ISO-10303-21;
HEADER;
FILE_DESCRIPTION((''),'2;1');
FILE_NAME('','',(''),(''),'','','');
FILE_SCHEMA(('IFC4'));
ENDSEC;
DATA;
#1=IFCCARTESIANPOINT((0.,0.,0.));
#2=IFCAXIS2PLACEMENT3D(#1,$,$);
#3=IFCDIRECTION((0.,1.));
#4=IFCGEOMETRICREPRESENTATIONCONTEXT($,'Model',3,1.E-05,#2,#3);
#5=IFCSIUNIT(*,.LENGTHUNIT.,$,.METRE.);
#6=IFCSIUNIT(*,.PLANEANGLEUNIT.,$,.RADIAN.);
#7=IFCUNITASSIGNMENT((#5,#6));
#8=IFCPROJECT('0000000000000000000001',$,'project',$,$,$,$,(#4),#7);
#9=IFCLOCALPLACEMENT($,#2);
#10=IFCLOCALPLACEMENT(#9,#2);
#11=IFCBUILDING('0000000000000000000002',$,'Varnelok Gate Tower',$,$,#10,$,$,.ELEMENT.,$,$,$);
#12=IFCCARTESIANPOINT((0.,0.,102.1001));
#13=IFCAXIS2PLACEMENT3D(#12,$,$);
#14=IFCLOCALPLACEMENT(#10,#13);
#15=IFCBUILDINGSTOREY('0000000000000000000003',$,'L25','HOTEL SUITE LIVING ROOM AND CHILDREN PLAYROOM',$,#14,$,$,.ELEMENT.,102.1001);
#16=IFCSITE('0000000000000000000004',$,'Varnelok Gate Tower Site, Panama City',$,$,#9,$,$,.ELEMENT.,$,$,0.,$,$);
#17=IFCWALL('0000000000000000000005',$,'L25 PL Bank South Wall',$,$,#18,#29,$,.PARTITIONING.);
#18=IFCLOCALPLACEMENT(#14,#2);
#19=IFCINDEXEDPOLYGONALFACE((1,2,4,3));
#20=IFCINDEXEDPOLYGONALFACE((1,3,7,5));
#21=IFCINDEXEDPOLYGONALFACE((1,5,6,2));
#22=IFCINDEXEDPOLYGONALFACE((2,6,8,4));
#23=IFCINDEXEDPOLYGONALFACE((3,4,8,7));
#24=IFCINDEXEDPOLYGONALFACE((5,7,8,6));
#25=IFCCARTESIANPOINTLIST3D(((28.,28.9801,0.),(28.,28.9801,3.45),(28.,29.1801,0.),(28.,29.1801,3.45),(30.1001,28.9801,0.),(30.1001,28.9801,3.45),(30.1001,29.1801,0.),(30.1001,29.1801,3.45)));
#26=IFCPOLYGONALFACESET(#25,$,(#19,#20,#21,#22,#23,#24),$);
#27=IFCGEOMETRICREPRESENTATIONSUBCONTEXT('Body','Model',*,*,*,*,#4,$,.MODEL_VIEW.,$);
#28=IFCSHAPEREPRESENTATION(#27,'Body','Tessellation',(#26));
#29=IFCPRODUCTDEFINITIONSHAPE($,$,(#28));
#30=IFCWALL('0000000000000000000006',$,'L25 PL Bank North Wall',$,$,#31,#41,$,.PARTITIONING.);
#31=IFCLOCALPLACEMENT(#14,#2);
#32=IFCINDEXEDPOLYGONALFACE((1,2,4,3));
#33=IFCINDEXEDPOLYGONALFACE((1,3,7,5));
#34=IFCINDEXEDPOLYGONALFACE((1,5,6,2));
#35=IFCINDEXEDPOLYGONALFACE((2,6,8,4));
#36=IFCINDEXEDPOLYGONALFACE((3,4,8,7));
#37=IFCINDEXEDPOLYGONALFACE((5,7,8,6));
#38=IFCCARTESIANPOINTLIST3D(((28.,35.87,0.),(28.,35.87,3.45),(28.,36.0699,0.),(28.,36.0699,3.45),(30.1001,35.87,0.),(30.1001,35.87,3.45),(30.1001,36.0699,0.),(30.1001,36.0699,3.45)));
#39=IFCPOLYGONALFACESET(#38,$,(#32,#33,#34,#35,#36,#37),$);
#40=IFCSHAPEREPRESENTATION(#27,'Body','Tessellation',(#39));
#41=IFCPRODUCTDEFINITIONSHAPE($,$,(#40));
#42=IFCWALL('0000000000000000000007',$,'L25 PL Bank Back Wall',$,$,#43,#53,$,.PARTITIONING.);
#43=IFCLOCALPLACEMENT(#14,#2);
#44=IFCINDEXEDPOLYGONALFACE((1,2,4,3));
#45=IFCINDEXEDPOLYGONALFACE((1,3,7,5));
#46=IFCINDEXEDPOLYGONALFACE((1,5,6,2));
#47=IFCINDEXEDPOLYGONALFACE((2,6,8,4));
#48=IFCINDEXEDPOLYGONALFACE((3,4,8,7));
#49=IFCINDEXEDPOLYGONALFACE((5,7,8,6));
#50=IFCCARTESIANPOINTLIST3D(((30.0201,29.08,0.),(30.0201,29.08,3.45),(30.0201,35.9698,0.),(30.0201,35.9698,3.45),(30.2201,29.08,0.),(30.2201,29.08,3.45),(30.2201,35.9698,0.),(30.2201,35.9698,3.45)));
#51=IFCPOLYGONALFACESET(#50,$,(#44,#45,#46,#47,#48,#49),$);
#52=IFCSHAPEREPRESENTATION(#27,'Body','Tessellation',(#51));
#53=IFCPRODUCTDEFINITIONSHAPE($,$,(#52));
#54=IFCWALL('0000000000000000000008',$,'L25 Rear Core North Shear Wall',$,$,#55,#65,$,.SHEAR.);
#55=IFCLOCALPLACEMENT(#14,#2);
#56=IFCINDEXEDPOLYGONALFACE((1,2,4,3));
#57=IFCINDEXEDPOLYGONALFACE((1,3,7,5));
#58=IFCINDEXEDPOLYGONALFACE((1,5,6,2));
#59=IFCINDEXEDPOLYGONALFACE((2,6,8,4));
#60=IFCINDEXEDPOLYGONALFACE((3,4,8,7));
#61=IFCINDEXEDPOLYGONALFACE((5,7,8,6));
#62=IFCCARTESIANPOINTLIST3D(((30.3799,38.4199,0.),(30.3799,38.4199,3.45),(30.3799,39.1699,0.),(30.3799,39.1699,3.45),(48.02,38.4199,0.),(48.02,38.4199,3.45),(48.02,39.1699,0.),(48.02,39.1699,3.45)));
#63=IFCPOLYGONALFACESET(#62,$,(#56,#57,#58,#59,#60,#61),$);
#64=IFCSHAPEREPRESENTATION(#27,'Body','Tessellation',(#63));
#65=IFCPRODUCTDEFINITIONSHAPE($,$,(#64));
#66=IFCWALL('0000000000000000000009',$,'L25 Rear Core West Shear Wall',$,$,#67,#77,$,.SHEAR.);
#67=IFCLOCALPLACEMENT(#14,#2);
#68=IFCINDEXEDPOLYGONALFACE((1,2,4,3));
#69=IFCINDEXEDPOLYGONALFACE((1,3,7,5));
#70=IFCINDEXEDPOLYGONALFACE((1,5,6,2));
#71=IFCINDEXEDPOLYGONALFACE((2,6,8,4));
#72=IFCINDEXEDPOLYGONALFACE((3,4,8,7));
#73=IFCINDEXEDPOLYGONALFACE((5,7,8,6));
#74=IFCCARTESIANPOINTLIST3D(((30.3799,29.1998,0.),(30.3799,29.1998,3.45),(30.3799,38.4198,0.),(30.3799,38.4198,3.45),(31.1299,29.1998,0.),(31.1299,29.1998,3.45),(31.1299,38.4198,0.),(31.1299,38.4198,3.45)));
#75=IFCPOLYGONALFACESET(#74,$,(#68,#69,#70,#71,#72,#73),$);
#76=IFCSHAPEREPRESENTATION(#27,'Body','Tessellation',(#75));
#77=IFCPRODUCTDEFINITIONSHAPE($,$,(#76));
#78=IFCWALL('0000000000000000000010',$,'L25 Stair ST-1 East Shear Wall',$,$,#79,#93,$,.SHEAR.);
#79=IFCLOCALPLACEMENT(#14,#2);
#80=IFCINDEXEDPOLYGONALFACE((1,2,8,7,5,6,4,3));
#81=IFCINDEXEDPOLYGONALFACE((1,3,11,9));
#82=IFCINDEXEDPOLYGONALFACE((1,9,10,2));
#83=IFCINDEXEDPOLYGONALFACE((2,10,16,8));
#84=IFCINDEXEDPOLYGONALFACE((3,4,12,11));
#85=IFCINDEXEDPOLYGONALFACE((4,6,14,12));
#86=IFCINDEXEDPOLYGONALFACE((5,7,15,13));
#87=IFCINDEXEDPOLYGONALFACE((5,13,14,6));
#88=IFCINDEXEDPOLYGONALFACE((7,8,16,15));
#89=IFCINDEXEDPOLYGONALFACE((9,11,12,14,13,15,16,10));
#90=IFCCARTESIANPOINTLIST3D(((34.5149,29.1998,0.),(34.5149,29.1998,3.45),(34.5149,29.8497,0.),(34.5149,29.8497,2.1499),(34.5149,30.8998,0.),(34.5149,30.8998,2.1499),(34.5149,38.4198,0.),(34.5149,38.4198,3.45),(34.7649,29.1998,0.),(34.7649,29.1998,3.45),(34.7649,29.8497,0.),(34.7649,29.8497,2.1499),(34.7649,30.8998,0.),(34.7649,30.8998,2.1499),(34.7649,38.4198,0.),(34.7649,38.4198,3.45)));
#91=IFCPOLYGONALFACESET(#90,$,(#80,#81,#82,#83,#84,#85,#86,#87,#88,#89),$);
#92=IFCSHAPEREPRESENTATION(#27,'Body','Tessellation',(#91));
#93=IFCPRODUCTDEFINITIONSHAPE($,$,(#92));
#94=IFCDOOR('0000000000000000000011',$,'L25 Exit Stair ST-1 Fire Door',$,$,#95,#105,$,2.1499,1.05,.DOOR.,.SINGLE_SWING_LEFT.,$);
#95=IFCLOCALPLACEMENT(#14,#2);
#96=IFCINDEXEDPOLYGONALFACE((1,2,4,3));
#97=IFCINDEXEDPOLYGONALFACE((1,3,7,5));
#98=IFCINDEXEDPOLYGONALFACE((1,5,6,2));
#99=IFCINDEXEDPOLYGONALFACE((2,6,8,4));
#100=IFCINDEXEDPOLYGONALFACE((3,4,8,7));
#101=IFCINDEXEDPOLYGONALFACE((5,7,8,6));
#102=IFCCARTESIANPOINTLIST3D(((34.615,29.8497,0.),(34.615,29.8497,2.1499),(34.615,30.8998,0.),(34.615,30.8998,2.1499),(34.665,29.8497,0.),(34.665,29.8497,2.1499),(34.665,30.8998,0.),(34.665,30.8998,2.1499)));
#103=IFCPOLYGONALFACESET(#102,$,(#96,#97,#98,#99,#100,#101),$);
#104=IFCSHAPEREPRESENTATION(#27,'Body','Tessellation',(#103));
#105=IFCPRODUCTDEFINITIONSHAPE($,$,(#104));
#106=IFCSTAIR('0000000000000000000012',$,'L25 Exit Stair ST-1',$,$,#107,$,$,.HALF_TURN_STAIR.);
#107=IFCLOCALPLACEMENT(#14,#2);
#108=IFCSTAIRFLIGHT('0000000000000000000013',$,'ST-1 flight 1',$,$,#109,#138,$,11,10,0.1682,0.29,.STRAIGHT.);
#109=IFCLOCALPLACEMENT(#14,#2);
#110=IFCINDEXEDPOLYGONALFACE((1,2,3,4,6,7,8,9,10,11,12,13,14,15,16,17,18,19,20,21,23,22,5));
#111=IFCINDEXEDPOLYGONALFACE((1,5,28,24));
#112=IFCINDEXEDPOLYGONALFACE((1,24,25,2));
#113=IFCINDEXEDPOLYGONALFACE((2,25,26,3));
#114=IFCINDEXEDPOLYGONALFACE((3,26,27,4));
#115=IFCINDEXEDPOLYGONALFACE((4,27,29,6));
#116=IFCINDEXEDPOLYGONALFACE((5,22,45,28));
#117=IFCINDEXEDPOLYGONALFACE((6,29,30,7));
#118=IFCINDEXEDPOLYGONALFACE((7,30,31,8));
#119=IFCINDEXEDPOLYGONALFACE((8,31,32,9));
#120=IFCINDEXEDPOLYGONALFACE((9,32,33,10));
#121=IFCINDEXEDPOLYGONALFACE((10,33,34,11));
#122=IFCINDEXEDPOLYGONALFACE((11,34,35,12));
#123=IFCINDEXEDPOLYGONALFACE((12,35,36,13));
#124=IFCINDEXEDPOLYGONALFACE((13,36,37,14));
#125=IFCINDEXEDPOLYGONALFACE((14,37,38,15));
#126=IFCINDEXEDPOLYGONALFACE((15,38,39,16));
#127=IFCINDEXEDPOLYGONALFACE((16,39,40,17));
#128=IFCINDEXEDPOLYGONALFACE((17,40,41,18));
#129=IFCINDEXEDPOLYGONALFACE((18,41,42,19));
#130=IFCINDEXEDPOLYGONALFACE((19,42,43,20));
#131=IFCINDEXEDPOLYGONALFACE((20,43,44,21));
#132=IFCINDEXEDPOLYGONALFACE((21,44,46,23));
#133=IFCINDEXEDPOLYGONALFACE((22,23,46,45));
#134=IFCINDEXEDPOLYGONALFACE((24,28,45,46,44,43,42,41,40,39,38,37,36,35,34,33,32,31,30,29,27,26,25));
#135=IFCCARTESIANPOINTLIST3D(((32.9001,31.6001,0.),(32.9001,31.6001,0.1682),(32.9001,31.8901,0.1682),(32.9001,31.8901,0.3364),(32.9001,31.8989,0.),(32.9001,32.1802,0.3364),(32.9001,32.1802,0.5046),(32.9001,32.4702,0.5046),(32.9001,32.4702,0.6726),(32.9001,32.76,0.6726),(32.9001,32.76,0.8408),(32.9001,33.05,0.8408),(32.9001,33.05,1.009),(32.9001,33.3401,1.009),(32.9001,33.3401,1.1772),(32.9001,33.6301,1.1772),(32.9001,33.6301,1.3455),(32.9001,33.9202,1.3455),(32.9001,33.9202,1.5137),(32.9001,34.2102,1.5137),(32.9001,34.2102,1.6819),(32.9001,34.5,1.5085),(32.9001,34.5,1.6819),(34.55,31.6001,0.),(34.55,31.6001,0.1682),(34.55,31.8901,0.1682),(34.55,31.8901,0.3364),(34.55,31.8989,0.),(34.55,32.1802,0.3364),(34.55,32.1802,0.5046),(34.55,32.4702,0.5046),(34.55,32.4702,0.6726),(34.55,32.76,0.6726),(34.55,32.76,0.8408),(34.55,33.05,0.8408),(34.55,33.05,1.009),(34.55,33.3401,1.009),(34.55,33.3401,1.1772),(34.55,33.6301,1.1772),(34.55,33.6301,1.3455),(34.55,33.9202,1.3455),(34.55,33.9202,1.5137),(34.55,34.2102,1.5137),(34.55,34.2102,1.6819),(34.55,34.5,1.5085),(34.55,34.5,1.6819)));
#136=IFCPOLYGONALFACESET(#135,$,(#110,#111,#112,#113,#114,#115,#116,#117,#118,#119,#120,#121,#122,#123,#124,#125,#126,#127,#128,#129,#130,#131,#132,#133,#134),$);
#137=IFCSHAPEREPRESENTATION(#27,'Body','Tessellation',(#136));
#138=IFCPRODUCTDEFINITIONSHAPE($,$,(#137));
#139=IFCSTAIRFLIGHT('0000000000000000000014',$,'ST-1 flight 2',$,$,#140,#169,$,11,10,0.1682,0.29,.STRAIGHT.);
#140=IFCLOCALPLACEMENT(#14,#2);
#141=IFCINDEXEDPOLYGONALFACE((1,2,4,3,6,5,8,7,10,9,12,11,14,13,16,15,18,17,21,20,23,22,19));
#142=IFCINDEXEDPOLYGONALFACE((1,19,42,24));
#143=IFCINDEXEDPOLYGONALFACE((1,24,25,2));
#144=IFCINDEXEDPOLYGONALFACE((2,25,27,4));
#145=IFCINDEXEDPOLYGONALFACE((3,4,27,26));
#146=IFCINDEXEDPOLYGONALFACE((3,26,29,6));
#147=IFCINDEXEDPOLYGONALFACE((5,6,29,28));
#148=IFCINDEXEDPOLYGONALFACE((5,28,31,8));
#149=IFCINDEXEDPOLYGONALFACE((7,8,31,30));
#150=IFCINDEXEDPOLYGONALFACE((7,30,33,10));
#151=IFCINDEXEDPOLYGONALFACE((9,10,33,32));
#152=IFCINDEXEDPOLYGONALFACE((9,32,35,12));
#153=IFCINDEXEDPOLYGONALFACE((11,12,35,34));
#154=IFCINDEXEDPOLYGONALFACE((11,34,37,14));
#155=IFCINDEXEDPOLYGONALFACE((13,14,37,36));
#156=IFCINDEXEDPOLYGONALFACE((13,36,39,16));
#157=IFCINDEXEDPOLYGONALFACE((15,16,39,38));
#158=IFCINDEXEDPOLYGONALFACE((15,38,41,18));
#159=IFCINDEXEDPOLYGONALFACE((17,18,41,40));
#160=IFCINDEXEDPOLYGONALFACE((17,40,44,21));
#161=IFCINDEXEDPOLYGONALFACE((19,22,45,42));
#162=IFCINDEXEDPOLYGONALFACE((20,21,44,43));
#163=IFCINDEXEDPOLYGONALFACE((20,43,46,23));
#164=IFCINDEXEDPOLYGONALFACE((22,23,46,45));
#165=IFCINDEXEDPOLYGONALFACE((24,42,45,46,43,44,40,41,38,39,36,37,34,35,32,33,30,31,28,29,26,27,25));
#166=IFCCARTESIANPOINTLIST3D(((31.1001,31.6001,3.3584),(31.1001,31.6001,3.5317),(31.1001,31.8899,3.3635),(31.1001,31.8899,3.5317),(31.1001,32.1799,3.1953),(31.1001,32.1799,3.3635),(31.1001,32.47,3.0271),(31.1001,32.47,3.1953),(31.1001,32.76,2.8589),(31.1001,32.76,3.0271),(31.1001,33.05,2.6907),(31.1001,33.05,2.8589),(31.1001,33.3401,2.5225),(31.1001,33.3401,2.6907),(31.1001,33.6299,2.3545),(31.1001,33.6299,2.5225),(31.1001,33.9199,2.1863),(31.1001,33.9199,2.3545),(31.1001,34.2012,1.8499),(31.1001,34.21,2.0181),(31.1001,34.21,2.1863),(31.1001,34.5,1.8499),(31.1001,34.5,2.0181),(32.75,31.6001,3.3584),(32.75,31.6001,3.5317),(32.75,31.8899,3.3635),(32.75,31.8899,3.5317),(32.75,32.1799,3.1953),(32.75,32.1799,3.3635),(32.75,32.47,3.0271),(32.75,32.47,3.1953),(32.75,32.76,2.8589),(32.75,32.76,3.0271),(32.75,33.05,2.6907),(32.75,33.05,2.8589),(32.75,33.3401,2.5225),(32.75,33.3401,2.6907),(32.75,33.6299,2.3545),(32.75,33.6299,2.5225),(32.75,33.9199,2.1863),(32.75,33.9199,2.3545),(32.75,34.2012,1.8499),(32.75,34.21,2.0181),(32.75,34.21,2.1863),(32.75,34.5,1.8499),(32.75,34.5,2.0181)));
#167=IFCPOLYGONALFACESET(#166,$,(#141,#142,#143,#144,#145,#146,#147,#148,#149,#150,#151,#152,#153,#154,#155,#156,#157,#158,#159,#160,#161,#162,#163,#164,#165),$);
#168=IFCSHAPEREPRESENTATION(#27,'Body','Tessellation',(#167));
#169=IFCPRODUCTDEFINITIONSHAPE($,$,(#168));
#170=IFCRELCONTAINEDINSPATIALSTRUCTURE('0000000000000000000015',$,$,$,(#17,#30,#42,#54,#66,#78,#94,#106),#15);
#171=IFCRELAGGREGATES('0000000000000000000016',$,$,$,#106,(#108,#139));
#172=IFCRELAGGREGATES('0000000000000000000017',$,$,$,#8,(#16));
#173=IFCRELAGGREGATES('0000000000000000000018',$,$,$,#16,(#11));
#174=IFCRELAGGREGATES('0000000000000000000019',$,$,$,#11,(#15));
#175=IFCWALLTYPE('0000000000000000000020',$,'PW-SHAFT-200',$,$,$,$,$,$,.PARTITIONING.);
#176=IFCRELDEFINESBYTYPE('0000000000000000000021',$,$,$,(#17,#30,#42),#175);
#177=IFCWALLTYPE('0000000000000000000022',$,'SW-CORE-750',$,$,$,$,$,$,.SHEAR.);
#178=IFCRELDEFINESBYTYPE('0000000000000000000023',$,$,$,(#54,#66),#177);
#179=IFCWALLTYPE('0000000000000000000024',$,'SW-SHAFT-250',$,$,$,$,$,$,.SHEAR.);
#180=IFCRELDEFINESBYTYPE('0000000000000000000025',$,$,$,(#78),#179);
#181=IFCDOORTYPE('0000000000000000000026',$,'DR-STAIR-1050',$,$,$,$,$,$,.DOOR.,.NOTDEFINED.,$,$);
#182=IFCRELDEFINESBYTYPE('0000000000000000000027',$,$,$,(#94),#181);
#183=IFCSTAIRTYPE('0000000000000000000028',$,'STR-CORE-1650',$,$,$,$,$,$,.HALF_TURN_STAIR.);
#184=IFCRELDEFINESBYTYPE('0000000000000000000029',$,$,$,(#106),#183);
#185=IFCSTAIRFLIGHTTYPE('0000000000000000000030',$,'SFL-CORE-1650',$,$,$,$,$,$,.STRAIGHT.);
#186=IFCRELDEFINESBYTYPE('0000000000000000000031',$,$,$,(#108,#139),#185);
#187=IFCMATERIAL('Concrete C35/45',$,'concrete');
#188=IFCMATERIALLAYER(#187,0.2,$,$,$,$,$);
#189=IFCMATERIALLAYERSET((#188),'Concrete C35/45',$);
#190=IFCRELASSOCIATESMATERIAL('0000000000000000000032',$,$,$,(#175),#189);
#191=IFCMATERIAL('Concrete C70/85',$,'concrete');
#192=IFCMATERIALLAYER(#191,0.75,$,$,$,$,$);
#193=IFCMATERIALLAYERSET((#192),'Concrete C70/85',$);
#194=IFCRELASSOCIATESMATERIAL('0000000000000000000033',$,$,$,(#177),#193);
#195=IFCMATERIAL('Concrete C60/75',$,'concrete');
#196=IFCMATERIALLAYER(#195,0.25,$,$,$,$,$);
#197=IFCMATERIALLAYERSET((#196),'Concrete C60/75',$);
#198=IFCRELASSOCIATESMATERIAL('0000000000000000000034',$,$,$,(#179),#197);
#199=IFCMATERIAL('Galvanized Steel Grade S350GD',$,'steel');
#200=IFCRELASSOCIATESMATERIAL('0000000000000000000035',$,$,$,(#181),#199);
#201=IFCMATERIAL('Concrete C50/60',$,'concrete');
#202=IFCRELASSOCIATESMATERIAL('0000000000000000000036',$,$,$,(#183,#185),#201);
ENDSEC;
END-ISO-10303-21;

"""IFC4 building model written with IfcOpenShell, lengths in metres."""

from ifc_helpers import new_model, si_unit, direction, frame, frame_2d, origin, place, context, subcontext, project, spatial, polyline, rectangle, outline, extrude, material, layer, layer_set, type_object, element, fill, aggregate, save


model = new_model("IFC4")

# Units and contexts
model_context = context("Model", 3, precision=1e-05, world=origin(), true_north=direction((0.0, 1.0)))
body_context = subcontext(model_context, "Body", "Model", "MODEL_VIEW")
ifc_project = project(units=[si_unit("LENGTHUNIT", "METRE"), si_unit("PLANEANGLEUNIT", "RADIAN")], contexts=[model_context])

# Site, building, storey
site_placement = place(None, origin())
site = spatial("IfcSite", under=ifc_project, at=site_placement, Name="Varnelok Gate Tower Site, Panama City", CompositionType="ELEMENT", RefElevation=0.0)
building_placement = place(site_placement, origin())
building = spatial("IfcBuilding", under=site, at=building_placement, Name="Varnelok Gate Tower", CompositionType="ELEMENT")
storey_placement = place(building_placement, frame((0.0, 0.0, 102.1001)))
storey = spatial("IfcBuildingStorey", under=building, at=storey_placement, Name="L25", Description="HOTEL SUITE LIVING ROOM AND CHILDREN PLAYROOM", CompositionType="ELEMENT", Elevation=102.1001)

# Shared definitions
ifc_material_1 = material(Name="Concrete C70/85", Category="concrete")

# Shared definitions
ifc_material_2 = material(Name="Concrete C35/45", Category="concrete")
ifc_layer_1 = layer(ifc_material_2, 0.2)
ifc_layer_set_1 = layer_set([ifc_layer_1], Name="Concrete C35/45")
wall_type_1 = type_object("IfcWallType", Name="PW-SHAFT-200", PredefinedType="PARTITIONING", material=ifc_layer_set_1)
ifc_material_3 = material(Name="Galvanized Steel Grade S350GD", Category="steel")

# Walls
for number, where, z_axis, x_axis, name in (
    (1, (28.0, 29.0801, 0.0), (0.0, 0.0, 1.0), (1.0, 0.0, 0.0), "L25 PL Bank South Wall"),
    (2, (28.0, 35.97, 0.0), (0.0, 0.0, 1.0), (1.0, 0.0, 0.0), "L25 PL Bank North Wall"),
):
    element("IfcWall", number, at=place(storey_placement, frame(where, z_axis=z_axis, x_axis=x_axis)), inside=storey, type_object=wall_type_1, Name=name, PredefinedType="PARTITIONING", context=body_context, shape_type="SweptSolid", body=[
        extrude(rectangle(XDim=2.1001, YDim=0.2, at=frame_2d((1.05, 0.0))), origin(), (0.0, 0.0, 1.0), 3.45),
    ])
wall_1_placement = place(storey_placement, frame((30.1201, 29.0801, 0.0), z_axis=(0.0, 0.0, 1.0), x_axis=(0.0, 1.0, 0.0)))
element("IfcWall", 3, at=wall_1_placement, inside=storey, type_object=wall_type_1, Name="L25 PL Bank Back Wall", PredefinedType="PARTITIONING", context=body_context, shape_type="SweptSolid", body=[
    extrude(rectangle(XDim=6.8899, YDim=0.2, at=frame_2d((3.4448, 0.0))), origin(), (0.0, 0.0, 1.0), 3.45),
])
ifc_layer_2 = layer(ifc_material_1, 0.75)
ifc_layer_set_2 = layer_set([ifc_layer_2], Name="Concrete C70/85")
wall_type_2 = type_object("IfcWallType", Name="SW-CORE-750", PredefinedType="SHEAR", material=ifc_layer_set_2)
wall_2_placement = place(storey_placement, frame((30.3799, 38.7949, 0.0), z_axis=(0.0, 0.0, 1.0), x_axis=(1.0, 0.0, 0.0)))
element("IfcWall", 4, at=wall_2_placement, inside=storey, type_object=wall_type_2, Name="L25 Rear Core North Shear Wall", PredefinedType="SHEAR", context=body_context, shape_type="SweptSolid", body=[
    extrude(rectangle(XDim=17.6401, YDim=0.75, at=frame_2d((8.8201, 0.0))), origin(), (0.0, 0.0, 1.0), 3.45),
])
wall_3_placement = place(storey_placement, frame((30.7549, 29.2, 0.0), z_axis=(0.0, 0.0, 1.0), x_axis=(0.0, 1.0, 0.0)))
element("IfcWall", 5, at=wall_3_placement, inside=storey, type_object=wall_type_2, Name="L25 Rear Core West Shear Wall", PredefinedType="SHEAR", context=body_context, shape_type="SweptSolid", body=[
    extrude(rectangle(XDim=9.22, YDim=0.75, at=frame_2d((4.6099, 0.0))), origin(), (0.0, 0.0, 1.0), 3.45),
])

# Wall, opening, door
ifc_material_4 = material(Name="Concrete C60/75", Category="concrete")
ifc_layer_3 = layer(ifc_material_4, 0.25)
ifc_layer_set_3 = layer_set([ifc_layer_3], Name="Concrete C60/75")
wall_type_3 = type_object("IfcWallType", Name="SW-SHAFT-250", PredefinedType="SHEAR", material=ifc_layer_set_3)
wall_4_placement = place(storey_placement, frame((34.6399, 29.2, 0.0), z_axis=(0.0, 0.0, 1.0), x_axis=(0.0, 1.0, 0.0)))
wall_4 = element("IfcWall", 6, at=wall_4_placement, inside=storey, type_object=wall_type_3, Name="L25 Stair ST-1 East Shear Wall", PredefinedType="SHEAR", context=body_context, shape_type="SweptSolid", body=[
    extrude(rectangle(XDim=9.22, YDim=0.25, at=frame_2d((4.6099, 0.0))), origin(), (0.0, 0.0, 1.0), 3.45),
])
opening_1_placement = place(wall_4_placement, frame((0.6499, 0.0, 0.0)))
opening_1 = element("IfcOpeningElement", 7, at=opening_1_placement, cuts=wall_4, PredefinedType="OPENING", context=body_context, shape_type="SweptSolid", body=[
    extrude(rectangle(XDim=1.05, YDim=2.1499, at=frame_2d((0.5249, 1.075))), frame((0.0, 0.135, 0.0), z_axis=(0.0, -1.0, 0.0), x_axis=(1.0, 0.0, 0.0)), (0.0, 0.0, 1.0), 0.27),
])
door_type_1 = type_object("IfcDoorType", Name="DR-STAIR-1050", OperationType="NOTDEFINED", PredefinedType="DOOR", material=ifc_material_3)
door_1_placement = place(opening_1_placement, origin())
door_1 = element("IfcDoor", 8, at=door_1_placement, inside=storey, type_object=door_type_1, Name="L25 Exit Stair ST-1 Fire Door", OperationType="SINGLE_SWING_LEFT", OverallHeight=2.1499, OverallWidth=1.05, PredefinedType="DOOR", context=body_context, shape_type="SweptSolid", body=[
    extrude(rectangle(XDim=1.05, YDim=2.1499, at=frame_2d((0.5249, 1.075))), frame((0.0, 0.0249, 0.0), z_axis=(0.0, -1.0, 0.0), x_axis=(1.0, 0.0, 0.0)), (0.0, 0.0, 1.0), 0.05),
])
fill(opening_1, door_1)

# Stair, stair flights
ifc_material_5 = material(Name="Concrete C50/60", Category="concrete")
stair_type = type_object("IfcStairType", Name="STR-CORE-1650", PredefinedType="HALF_TURN_STAIR", material=ifc_material_5)
stair_placement = place(storey_placement, origin())
stair = element("IfcStair", 9, at=stair_placement, inside=storey, type_object=stair_type, Name="L25 Exit Stair ST-1", PredefinedType="HALF_TURN_STAIR")
stair_flight_type = type_object("IfcStairFlightType", Name="SFL-CORE-1650", PredefinedType="STRAIGHT", material=ifc_material_5)
stair_flight_1_placement = place(storey_placement, frame((33.7251, 31.6001, 0.0), z_axis=(0.0, 0.0, 1.0), x_axis=(0.0, 1.0, 0.0)))
stair_flight_1 = element("IfcStairFlight", 10, at=stair_flight_1_placement, type_object=stair_flight_type, Name="ST-1 flight 1", NumberOfRisers=11, NumberOfTreads=10, PredefinedType="STRAIGHT", RiserHeight=0.1682, TreadLength=0.29, context=body_context, shape_type="SweptSolid", body=[
    extrude(outline(polyline([(0.0, 0.0), (0.0, 0.1682), (0.29, 0.1682), (0.29, 0.3364), (0.5801, 0.3364), (0.5801, 0.5046), (0.8701, 0.5046), (0.8701, 0.6726), (1.1599, 0.6726), (1.1599, 0.8408), (1.45, 0.8408), (1.45, 1.009), (1.74, 1.009), (1.74, 1.1772), (2.03, 1.1772), (2.03, 1.3455), (2.3201, 1.3455), (2.3201, 1.5137), (2.6101, 1.5137), (2.6101, 1.6819), (2.8999, 1.6819), (2.8999, 1.8501), (2.8999, 1.5085), (0.2988, 0.0), (0.0, 0.0)])), frame((0.0, 0.825, 0.0), z_axis=(0.0, -1.0, 0.0), x_axis=(1.0, 0.0, 0.0)), (0.0, 0.0, 1.0), 1.6499),
])
stair_flight_2_placement = place(storey_placement, frame((31.925, 34.5, 1.8499), z_axis=(0.0, 0.0, 1.0), x_axis=(0.0, -1.0, 0.0)))
stair_flight_2 = element("IfcStairFlight", 11, at=stair_flight_2_placement, type_object=stair_flight_type, Name="ST-1 flight 2", NumberOfRisers=11, NumberOfTreads=10, PredefinedType="STRAIGHT", RiserHeight=0.1682, TreadLength=0.29, context=body_context, shape_type="SweptSolid", body=[
    extrude(outline(polyline([(0.0, 0.0), (0.0, 0.1682), (0.29, 0.1682), (0.29, 0.3364), (0.5801, 0.3364), (0.5801, 0.5046), (0.8701, 0.5046), (0.8701, 0.6726), (1.1599, 0.6726), (1.1599, 0.8408), (1.45, 0.8408), (1.45, 1.009), (1.74, 1.009), (1.74, 1.1772), (2.03, 1.1772), (2.03, 1.3455), (2.3201, 1.3455), (2.3201, 1.5137), (2.6101, 1.5137), (2.6101, 1.6819), (2.8999, 1.6819), (2.8999, 1.8501), (2.8999, 1.5085), (0.2988, 0.0), (0.0, 0.0)])), frame((0.0, 0.825, 0.0), z_axis=(0.0, -1.0, 0.0), x_axis=(1.0, 0.0, 0.0)), (0.0, 0.0, 1.0), 1.6499),
])
aggregate(stair, [stair_flight_1, stair_flight_2])

save(model, "model.ifc")
